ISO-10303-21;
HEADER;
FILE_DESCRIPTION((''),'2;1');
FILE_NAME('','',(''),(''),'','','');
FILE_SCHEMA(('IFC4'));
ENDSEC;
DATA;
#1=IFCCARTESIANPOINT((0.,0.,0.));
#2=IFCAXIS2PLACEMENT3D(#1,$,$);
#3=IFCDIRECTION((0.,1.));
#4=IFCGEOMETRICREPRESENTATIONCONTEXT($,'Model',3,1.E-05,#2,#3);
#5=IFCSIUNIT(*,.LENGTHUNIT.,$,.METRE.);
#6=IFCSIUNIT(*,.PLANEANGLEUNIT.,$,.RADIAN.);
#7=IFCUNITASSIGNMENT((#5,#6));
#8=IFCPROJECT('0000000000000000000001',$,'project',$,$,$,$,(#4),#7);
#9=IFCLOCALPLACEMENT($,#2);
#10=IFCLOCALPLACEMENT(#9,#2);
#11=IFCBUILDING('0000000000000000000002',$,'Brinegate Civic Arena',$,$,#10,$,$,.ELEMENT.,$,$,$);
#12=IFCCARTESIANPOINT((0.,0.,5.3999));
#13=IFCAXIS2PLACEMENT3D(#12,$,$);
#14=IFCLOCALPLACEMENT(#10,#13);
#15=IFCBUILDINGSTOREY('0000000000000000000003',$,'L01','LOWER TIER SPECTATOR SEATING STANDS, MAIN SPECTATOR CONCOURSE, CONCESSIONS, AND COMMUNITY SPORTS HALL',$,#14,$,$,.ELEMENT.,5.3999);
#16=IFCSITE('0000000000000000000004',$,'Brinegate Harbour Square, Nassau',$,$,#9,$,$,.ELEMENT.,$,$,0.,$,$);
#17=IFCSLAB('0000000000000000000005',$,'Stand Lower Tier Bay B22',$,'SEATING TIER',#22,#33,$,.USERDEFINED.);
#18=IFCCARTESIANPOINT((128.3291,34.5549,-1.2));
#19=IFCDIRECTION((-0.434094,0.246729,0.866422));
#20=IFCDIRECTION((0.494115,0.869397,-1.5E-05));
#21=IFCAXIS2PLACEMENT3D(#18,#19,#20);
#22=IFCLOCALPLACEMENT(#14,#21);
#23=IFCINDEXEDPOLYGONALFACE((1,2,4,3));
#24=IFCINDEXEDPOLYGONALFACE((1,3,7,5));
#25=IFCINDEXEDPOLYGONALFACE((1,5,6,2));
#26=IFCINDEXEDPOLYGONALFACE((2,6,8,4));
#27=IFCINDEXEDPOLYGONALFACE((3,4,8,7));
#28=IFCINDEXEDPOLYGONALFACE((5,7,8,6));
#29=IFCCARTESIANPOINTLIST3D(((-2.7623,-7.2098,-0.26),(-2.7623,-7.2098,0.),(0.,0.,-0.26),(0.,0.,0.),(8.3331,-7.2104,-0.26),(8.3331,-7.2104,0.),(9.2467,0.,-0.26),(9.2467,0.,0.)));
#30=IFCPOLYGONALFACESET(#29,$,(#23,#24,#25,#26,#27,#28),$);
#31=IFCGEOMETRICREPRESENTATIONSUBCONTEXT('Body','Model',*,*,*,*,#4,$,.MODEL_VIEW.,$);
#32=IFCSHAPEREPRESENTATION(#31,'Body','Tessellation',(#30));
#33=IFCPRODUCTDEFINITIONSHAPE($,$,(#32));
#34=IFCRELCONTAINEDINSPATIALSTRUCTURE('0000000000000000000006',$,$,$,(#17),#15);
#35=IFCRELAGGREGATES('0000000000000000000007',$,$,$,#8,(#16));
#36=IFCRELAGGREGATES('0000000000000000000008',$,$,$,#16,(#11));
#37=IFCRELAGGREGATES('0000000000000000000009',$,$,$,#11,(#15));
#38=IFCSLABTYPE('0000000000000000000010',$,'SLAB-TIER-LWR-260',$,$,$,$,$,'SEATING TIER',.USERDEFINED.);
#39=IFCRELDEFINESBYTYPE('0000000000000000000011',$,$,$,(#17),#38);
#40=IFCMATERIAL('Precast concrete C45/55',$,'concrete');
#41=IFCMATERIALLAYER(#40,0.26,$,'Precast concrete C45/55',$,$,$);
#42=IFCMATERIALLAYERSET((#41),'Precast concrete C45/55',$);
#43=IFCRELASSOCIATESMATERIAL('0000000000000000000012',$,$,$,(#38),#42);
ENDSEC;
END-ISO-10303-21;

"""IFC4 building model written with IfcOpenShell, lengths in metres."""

from ifc_helpers import new_model, si_unit, direction, frame, origin, place, context, subcontext, project, spatial, polyline, outline, extrude, material, layer, layer_set, type_object, element, save


model = new_model("IFC4")

# Units and contexts
model_context = context("Model", 3, precision=1e-05, world=origin(), true_north=direction((0.0, 1.0)))
body_context = subcontext(model_context, "Body", "Model", "MODEL_VIEW")
ifc_project = project(units=[si_unit("LENGTHUNIT", "METRE"), si_unit("PLANEANGLEUNIT", "RADIAN")], contexts=[model_context])

# Site, building, storey
site_placement = place(None, origin())
site = spatial("IfcSite", under=ifc_project, at=site_placement, Name="Brinegate Harbour Square, Nassau", CompositionType="ELEMENT", RefElevation=0.0)
building_placement = place(site_placement, origin())
building = spatial("IfcBuilding", under=site, at=building_placement, Name="Brinegate Civic Arena", CompositionType="ELEMENT")
storey_placement = place(building_placement, frame((0.0, 0.0, 5.3999)))
storey = spatial("IfcBuildingStorey", under=building, at=storey_placement, Name="L01", Description="LOWER TIER SPECTATOR SEATING STANDS, MAIN SPECTATOR CONCOURSE, CONCESSIONS, AND COMMUNITY SPORTS HALL", CompositionType="ELEMENT", Elevation=5.3999)

# Slab
ifc_material_1 = material(Name="Precast concrete C45/55", Category="concrete")
ifc_layer_1 = layer(ifc_material_1, 0.26, Name="Precast concrete C45/55")
ifc_layer_set_1 = layer_set([ifc_layer_1], Name="Precast concrete C45/55")
slab_type = type_object("IfcSlabType", Name="SLAB-TIER-LWR-260", ElementType="SEATING TIER", PredefinedType="USERDEFINED", material=ifc_layer_set_1)
slab_1_placement = place(storey_placement, frame((128.3291, 34.5549, -1.2), z_axis=(-0.434094, 0.246729, 0.866422), x_axis=(0.494115, 0.869397, -0.000015)))
element("IfcSlab", 1, at=slab_1_placement, inside=storey, type_object=slab_type, Name="Stand Lower Tier Bay B22", ObjectType="SEATING TIER", PredefinedType="USERDEFINED", context=body_context, shape_type="SweptSolid", body=[
    extrude(outline(polyline([(0.0, 0.0), (9.2467, 0.0), (8.3331, -7.2104), (-2.7623, -7.2098), (0.0, 0.0)])), origin(), (0.0, 0.0, -1.0), 0.26),
])

save(model, "model.ifc")
